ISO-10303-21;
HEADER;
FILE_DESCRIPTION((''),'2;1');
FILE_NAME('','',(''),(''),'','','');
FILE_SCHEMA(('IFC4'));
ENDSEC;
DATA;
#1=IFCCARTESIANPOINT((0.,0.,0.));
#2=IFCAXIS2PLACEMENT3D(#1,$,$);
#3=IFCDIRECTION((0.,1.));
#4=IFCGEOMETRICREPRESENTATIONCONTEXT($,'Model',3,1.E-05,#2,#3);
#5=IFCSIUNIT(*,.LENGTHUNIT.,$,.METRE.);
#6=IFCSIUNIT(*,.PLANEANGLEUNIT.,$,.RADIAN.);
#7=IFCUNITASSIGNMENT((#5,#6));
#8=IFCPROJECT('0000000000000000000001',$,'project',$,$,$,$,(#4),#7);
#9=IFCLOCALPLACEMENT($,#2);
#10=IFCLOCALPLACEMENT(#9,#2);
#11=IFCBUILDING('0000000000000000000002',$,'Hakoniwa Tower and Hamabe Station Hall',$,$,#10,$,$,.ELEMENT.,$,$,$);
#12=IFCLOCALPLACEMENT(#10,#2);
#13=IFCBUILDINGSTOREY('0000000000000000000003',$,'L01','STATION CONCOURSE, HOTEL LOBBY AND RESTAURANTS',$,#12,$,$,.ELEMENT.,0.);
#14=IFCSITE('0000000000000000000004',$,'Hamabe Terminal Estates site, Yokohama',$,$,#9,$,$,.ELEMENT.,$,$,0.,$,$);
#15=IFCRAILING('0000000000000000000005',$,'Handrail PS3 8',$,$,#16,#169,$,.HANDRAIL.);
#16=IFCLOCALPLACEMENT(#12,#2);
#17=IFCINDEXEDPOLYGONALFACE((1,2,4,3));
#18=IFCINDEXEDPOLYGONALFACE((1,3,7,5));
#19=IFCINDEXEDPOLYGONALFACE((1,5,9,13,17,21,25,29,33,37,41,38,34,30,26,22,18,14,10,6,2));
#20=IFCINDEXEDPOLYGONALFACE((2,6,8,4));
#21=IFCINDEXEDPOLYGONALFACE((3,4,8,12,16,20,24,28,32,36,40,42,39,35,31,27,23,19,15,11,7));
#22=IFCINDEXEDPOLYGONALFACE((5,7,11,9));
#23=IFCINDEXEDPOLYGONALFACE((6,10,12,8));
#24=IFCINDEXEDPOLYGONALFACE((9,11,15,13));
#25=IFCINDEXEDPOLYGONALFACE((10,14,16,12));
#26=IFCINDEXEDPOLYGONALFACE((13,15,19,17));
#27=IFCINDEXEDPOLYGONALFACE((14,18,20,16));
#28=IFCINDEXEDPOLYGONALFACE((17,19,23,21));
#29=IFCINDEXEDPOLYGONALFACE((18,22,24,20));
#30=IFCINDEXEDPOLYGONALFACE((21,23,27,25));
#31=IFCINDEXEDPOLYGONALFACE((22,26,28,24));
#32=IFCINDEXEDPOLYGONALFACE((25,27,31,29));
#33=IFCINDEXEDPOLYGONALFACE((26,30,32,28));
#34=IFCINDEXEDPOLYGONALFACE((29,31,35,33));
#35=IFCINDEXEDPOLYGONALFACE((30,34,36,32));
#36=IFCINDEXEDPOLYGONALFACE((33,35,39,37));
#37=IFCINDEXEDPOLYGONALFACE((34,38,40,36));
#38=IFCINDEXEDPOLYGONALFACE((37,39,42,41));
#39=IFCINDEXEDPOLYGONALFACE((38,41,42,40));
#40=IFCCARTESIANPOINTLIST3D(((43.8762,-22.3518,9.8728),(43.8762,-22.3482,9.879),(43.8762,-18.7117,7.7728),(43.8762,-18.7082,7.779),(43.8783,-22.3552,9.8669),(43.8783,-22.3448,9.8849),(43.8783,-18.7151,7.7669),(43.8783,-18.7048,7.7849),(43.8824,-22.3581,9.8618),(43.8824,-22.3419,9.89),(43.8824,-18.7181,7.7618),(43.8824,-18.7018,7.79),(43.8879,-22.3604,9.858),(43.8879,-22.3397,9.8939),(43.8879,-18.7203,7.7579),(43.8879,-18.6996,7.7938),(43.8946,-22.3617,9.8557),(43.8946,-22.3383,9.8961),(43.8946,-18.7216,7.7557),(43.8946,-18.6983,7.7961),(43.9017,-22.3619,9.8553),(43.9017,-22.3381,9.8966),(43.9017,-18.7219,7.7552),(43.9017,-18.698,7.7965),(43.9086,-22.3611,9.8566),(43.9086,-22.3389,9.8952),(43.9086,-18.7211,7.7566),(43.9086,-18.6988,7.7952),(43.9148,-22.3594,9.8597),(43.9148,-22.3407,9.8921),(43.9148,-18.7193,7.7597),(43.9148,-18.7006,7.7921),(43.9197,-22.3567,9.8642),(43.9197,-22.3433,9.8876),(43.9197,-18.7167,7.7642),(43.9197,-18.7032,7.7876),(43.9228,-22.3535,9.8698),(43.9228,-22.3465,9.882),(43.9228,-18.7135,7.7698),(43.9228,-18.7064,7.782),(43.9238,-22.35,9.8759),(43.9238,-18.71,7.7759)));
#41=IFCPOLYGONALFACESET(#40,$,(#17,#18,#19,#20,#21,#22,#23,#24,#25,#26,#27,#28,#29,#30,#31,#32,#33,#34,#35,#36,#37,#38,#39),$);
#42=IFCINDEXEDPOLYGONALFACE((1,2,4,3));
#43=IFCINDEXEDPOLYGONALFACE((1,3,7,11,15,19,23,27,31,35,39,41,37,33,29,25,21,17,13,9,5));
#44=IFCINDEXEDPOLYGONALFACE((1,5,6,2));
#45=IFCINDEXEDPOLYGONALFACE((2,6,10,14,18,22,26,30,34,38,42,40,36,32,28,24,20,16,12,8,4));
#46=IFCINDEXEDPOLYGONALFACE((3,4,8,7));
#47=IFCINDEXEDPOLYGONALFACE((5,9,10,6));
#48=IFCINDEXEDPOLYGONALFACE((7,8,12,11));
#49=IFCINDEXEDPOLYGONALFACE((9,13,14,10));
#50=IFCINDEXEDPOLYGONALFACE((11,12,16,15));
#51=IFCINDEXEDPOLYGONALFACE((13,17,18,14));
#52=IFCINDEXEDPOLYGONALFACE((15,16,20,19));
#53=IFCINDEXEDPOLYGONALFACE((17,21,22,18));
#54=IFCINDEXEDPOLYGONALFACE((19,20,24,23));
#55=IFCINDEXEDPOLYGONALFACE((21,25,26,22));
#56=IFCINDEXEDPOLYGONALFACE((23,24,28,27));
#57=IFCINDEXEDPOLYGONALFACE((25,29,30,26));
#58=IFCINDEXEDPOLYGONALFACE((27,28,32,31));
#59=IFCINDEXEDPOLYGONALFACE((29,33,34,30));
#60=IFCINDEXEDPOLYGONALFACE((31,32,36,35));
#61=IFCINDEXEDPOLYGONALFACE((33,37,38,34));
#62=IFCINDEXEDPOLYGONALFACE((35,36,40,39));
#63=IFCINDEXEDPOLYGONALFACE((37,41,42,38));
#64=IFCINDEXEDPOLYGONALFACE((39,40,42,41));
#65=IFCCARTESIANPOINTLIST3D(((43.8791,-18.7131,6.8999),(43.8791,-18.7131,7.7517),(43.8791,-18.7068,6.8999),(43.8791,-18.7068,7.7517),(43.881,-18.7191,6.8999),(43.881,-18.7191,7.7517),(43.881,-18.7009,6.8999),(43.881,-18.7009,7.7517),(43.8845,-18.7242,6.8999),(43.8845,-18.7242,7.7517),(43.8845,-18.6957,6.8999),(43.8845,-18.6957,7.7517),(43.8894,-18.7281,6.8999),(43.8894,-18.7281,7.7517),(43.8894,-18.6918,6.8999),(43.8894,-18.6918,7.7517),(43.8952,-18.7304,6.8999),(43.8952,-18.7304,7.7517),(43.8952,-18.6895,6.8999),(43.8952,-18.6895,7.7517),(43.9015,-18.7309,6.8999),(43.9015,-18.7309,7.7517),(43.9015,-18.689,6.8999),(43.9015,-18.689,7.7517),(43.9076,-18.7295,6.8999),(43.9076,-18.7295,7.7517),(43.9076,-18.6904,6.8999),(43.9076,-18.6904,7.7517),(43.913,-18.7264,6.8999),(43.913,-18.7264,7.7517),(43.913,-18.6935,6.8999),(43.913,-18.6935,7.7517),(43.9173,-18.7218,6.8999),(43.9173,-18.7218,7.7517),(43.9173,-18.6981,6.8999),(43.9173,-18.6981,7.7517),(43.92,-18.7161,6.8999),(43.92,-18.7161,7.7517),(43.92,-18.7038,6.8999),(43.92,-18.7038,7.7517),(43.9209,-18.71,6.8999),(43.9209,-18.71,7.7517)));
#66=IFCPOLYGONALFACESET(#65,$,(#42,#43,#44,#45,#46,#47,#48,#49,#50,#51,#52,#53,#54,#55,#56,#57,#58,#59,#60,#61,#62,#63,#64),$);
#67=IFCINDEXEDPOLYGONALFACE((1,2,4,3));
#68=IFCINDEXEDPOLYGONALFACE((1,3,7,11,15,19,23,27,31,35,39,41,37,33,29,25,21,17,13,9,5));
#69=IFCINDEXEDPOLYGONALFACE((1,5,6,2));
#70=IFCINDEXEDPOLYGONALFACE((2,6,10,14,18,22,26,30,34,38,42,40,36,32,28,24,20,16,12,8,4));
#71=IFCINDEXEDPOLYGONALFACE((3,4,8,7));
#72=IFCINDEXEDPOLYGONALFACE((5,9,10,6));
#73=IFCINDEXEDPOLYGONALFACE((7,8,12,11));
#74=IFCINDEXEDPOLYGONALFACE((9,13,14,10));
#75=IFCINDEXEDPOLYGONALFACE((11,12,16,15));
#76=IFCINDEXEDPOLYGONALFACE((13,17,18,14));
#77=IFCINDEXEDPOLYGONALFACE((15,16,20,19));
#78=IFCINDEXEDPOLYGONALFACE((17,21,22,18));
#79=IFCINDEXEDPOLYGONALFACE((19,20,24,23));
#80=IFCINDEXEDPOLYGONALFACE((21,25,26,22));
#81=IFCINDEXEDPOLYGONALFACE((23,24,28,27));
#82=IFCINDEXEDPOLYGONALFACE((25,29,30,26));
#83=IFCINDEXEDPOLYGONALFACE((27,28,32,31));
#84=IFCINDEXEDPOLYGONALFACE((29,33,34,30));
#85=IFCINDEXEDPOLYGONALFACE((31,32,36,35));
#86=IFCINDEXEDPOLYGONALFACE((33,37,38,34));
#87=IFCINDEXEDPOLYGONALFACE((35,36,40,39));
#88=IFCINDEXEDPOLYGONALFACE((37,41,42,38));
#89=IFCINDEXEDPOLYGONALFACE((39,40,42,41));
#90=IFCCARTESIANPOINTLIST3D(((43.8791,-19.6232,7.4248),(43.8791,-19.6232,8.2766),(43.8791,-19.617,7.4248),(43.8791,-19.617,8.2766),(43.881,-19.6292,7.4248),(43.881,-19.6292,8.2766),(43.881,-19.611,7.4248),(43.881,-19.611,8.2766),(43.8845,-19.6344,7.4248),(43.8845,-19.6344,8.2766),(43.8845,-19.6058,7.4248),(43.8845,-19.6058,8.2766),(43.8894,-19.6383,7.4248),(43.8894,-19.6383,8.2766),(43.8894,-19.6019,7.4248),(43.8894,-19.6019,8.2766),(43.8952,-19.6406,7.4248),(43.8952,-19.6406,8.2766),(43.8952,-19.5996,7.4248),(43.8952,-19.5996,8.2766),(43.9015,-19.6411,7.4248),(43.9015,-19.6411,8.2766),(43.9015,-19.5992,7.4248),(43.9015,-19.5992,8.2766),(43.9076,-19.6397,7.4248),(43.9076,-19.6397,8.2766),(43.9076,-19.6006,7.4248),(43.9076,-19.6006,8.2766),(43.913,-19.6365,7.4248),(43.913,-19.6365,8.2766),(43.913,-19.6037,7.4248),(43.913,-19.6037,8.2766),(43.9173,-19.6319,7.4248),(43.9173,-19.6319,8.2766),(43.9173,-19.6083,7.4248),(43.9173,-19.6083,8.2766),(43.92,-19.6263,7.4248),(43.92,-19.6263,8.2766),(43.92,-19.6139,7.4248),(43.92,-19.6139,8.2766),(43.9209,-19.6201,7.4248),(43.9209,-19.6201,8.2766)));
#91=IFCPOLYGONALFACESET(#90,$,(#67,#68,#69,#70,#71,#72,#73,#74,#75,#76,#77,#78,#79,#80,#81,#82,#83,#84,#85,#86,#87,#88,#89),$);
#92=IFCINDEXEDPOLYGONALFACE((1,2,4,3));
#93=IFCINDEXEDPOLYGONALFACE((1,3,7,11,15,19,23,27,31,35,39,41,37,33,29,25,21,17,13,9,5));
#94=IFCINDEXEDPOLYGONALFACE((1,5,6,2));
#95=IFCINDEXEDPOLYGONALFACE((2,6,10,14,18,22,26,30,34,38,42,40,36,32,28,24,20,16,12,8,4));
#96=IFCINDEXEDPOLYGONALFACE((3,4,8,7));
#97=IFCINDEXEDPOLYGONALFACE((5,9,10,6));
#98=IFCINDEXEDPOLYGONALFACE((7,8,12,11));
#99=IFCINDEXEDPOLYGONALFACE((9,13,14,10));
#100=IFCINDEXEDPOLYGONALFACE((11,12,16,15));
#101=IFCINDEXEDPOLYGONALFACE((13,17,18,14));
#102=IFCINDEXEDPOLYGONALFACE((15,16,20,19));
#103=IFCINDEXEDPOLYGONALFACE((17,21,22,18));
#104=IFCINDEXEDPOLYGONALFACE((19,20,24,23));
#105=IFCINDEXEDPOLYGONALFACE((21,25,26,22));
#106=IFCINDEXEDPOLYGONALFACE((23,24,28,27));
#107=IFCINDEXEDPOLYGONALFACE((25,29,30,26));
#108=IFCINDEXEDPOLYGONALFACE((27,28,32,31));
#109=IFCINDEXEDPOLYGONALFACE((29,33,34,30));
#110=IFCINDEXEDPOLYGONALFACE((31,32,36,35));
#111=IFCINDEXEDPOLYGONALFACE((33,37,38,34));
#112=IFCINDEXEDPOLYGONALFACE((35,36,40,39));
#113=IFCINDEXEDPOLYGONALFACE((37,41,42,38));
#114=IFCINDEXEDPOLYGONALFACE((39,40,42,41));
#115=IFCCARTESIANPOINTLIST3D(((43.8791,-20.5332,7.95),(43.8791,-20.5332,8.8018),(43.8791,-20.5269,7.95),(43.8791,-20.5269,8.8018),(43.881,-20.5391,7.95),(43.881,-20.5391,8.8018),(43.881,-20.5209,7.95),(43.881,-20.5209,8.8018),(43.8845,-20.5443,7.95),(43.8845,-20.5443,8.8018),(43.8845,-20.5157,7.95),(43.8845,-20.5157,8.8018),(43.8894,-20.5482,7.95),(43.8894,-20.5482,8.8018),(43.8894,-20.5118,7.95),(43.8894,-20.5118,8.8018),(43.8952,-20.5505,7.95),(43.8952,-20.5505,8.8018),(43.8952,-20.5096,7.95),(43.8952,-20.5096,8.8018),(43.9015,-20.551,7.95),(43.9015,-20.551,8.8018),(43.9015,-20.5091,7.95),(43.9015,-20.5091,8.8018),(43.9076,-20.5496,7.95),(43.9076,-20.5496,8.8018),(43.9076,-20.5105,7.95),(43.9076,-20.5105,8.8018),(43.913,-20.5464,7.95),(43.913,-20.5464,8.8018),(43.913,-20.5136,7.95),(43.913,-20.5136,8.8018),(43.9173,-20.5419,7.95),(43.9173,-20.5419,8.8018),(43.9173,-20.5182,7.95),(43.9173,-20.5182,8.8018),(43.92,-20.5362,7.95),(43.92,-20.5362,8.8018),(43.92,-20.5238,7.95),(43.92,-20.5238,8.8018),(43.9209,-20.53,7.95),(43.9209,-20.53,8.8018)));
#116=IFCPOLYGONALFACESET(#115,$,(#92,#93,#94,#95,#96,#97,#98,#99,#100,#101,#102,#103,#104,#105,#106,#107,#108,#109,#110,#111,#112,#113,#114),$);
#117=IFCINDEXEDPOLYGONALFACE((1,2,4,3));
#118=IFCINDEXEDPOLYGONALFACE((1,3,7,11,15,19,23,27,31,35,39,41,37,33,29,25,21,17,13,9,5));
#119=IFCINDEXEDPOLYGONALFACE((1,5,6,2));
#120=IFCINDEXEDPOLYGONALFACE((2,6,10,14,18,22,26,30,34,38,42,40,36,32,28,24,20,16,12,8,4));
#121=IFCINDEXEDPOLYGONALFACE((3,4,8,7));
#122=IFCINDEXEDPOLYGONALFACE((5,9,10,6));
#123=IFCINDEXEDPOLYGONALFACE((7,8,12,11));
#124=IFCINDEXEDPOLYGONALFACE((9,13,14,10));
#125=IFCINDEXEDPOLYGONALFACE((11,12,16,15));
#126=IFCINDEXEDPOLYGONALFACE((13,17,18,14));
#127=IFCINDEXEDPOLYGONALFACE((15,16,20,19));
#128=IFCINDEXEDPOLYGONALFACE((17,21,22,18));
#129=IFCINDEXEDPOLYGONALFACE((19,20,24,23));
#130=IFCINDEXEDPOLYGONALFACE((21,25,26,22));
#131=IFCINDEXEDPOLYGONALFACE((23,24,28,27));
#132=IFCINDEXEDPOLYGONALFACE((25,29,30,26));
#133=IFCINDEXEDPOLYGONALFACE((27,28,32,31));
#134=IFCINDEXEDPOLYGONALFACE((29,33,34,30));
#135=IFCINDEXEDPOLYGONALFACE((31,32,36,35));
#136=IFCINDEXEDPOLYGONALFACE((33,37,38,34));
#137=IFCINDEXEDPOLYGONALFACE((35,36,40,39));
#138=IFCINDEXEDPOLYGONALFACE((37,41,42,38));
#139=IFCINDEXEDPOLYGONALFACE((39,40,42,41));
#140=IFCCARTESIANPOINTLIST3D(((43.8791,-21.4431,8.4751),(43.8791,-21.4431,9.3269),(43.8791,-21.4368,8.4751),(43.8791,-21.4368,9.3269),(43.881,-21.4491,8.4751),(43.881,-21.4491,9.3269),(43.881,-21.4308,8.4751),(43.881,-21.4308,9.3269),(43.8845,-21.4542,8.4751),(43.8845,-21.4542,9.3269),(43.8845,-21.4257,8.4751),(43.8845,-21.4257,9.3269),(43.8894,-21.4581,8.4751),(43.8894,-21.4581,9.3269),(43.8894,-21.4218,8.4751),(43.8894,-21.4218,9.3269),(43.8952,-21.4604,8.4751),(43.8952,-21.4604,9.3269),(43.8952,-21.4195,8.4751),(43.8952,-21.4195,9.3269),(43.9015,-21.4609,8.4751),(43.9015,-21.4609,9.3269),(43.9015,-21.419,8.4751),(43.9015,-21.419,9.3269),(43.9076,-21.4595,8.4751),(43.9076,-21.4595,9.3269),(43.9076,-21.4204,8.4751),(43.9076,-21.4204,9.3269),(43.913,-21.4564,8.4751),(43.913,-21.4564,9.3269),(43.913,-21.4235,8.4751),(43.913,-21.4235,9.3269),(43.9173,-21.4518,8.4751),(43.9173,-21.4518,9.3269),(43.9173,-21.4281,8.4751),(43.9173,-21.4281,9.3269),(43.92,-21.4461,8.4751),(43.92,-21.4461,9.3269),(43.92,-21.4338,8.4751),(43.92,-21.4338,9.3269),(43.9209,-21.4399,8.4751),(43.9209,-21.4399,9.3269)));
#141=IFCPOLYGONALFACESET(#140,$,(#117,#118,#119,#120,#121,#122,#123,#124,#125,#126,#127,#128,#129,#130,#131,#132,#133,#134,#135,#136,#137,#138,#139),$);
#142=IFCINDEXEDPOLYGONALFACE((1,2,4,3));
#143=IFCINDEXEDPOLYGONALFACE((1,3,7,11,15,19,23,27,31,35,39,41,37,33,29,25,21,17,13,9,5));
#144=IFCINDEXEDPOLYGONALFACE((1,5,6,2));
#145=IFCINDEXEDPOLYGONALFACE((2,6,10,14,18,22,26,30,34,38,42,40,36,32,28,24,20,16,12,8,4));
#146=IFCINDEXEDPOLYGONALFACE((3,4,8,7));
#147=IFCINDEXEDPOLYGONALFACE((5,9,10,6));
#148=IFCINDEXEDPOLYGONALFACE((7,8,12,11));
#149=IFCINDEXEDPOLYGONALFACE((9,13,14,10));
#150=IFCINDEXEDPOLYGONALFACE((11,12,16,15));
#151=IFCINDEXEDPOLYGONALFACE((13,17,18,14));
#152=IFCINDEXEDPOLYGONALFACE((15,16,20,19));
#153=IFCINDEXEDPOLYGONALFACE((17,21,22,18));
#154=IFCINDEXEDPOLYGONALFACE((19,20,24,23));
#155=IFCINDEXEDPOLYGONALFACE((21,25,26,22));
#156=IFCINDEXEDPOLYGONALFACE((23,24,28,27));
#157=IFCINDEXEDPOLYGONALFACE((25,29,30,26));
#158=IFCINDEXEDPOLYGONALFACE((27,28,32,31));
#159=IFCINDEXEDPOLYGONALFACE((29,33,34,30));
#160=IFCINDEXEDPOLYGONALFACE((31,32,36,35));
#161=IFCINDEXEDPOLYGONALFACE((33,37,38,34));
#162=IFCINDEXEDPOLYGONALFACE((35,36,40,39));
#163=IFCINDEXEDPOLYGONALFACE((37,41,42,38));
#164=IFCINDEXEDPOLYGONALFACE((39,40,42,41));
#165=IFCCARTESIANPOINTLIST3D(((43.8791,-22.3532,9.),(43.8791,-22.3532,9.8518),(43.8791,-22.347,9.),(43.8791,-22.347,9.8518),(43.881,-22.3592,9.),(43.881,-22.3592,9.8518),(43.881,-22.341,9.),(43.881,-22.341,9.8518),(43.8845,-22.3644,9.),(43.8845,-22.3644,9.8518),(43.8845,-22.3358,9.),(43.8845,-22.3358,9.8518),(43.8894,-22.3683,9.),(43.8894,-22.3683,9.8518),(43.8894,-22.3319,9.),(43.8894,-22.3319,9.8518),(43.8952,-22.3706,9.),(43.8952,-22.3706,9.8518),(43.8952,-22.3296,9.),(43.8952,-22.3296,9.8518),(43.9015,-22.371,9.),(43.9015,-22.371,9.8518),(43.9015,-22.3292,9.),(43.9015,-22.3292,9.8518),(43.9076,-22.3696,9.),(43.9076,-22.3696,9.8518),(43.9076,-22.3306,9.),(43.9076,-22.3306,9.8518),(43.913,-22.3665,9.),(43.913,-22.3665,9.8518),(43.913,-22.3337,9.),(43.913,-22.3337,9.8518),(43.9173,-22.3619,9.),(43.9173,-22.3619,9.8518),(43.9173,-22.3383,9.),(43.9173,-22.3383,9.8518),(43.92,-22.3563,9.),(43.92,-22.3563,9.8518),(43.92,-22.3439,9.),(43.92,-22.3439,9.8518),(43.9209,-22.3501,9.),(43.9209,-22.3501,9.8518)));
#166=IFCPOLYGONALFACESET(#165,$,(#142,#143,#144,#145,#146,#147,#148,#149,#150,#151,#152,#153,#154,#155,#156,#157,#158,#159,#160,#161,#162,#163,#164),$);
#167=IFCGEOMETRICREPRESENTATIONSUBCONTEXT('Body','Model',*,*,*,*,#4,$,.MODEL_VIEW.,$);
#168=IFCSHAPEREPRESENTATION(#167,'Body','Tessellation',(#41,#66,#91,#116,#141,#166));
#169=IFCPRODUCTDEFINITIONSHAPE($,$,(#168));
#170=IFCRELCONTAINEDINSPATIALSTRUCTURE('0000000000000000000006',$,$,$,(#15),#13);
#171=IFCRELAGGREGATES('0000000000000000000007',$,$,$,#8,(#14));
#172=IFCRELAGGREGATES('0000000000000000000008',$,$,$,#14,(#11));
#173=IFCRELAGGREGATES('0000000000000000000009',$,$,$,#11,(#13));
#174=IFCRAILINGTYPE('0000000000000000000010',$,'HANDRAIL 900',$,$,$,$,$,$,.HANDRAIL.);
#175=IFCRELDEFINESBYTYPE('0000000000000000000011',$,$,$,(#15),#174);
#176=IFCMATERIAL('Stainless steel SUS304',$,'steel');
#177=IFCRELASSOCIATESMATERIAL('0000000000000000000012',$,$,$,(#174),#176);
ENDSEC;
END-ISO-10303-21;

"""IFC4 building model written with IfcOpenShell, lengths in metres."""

from ifc_helpers import new_model, si_unit, direction, frame, origin, origin_2d, place, context, subcontext, project, spatial, circle, extrude, material, type_object, element, save


model = new_model("IFC4")

# Units and contexts
model_context = context("Model", 3, precision=1e-05, world=origin(), true_north=direction((0.0, 1.0)))
body_context = subcontext(model_context, "Body", "Model", "MODEL_VIEW")
ifc_project = project(units=[si_unit("LENGTHUNIT", "METRE"), si_unit("PLANEANGLEUNIT", "RADIAN")], contexts=[model_context])

# Site, building, storey
site_placement = place(None, origin())
site = spatial("IfcSite", under=ifc_project, at=site_placement, Name="Hamabe Terminal Estates site, Yokohama", CompositionType="ELEMENT", RefElevation=0.0)
building_placement = place(site_placement, origin())
building = spatial("IfcBuilding", under=site, at=building_placement, Name="Hakoniwa Tower and Hamabe Station Hall", CompositionType="ELEMENT")
storey_placement = place(building_placement, origin())
storey = spatial("IfcBuildingStorey", under=building, at=storey_placement, Name="L01", Description="STATION CONCOURSE, HOTEL LOBBY AND RESTAURANTS", CompositionType="ELEMENT", Elevation=0.0)

# Railing
ifc_material_1 = material(Name="Stainless steel SUS304", Category="steel")
railing_type_1 = type_object("IfcRailingType", Name="HANDRAIL 900", PredefinedType="HANDRAIL", material=ifc_material_1)
for number, where, name in (
    (1, (43.8999, -18.71, 6.8999), "Handrail PS3 8"),
):
    element("IfcRailing", number, at=place(storey_placement, frame(where)), inside=storey, type_object=railing_type_1, Name=name, PredefinedType="HANDRAIL", context=body_context, shape_type="SweptSolid", body=[
        extrude(circle(Radius=0.0239, at=origin_2d()), frame((0.0, 0.0, 0.876), z_axis=(0.0, -0.866184, 0.499726), x_axis=(1.0, 0.0, 0.0)), (0.0, 0.0, 1.0), 4.2024),
        extrude(circle(Radius=0.021, at=origin_2d()), origin(), (0.0, 0.0, 1.0), 0.8518),
        extrude(circle(Radius=0.021, at=origin_2d()), frame((0.0, -0.9102, 0.5249)), (0.0, 0.0, 1.0), 0.8518),
        extrude(circle(Radius=0.021, at=origin_2d()), frame((0.0, -1.8201, 1.05)), (0.0, 0.0, 1.0), 0.8518),
        extrude(circle(Radius=0.021, at=origin_2d()), frame((0.0, -2.73, 1.5752)), (0.0, 0.0, 1.0), 0.8518),
        extrude(circle(Radius=0.021, at=origin_2d()), frame((0.0, -3.6401, 2.1001)), (0.0, 0.0, 1.0), 0.8518),
    ])

save(model, "model.ifc")
